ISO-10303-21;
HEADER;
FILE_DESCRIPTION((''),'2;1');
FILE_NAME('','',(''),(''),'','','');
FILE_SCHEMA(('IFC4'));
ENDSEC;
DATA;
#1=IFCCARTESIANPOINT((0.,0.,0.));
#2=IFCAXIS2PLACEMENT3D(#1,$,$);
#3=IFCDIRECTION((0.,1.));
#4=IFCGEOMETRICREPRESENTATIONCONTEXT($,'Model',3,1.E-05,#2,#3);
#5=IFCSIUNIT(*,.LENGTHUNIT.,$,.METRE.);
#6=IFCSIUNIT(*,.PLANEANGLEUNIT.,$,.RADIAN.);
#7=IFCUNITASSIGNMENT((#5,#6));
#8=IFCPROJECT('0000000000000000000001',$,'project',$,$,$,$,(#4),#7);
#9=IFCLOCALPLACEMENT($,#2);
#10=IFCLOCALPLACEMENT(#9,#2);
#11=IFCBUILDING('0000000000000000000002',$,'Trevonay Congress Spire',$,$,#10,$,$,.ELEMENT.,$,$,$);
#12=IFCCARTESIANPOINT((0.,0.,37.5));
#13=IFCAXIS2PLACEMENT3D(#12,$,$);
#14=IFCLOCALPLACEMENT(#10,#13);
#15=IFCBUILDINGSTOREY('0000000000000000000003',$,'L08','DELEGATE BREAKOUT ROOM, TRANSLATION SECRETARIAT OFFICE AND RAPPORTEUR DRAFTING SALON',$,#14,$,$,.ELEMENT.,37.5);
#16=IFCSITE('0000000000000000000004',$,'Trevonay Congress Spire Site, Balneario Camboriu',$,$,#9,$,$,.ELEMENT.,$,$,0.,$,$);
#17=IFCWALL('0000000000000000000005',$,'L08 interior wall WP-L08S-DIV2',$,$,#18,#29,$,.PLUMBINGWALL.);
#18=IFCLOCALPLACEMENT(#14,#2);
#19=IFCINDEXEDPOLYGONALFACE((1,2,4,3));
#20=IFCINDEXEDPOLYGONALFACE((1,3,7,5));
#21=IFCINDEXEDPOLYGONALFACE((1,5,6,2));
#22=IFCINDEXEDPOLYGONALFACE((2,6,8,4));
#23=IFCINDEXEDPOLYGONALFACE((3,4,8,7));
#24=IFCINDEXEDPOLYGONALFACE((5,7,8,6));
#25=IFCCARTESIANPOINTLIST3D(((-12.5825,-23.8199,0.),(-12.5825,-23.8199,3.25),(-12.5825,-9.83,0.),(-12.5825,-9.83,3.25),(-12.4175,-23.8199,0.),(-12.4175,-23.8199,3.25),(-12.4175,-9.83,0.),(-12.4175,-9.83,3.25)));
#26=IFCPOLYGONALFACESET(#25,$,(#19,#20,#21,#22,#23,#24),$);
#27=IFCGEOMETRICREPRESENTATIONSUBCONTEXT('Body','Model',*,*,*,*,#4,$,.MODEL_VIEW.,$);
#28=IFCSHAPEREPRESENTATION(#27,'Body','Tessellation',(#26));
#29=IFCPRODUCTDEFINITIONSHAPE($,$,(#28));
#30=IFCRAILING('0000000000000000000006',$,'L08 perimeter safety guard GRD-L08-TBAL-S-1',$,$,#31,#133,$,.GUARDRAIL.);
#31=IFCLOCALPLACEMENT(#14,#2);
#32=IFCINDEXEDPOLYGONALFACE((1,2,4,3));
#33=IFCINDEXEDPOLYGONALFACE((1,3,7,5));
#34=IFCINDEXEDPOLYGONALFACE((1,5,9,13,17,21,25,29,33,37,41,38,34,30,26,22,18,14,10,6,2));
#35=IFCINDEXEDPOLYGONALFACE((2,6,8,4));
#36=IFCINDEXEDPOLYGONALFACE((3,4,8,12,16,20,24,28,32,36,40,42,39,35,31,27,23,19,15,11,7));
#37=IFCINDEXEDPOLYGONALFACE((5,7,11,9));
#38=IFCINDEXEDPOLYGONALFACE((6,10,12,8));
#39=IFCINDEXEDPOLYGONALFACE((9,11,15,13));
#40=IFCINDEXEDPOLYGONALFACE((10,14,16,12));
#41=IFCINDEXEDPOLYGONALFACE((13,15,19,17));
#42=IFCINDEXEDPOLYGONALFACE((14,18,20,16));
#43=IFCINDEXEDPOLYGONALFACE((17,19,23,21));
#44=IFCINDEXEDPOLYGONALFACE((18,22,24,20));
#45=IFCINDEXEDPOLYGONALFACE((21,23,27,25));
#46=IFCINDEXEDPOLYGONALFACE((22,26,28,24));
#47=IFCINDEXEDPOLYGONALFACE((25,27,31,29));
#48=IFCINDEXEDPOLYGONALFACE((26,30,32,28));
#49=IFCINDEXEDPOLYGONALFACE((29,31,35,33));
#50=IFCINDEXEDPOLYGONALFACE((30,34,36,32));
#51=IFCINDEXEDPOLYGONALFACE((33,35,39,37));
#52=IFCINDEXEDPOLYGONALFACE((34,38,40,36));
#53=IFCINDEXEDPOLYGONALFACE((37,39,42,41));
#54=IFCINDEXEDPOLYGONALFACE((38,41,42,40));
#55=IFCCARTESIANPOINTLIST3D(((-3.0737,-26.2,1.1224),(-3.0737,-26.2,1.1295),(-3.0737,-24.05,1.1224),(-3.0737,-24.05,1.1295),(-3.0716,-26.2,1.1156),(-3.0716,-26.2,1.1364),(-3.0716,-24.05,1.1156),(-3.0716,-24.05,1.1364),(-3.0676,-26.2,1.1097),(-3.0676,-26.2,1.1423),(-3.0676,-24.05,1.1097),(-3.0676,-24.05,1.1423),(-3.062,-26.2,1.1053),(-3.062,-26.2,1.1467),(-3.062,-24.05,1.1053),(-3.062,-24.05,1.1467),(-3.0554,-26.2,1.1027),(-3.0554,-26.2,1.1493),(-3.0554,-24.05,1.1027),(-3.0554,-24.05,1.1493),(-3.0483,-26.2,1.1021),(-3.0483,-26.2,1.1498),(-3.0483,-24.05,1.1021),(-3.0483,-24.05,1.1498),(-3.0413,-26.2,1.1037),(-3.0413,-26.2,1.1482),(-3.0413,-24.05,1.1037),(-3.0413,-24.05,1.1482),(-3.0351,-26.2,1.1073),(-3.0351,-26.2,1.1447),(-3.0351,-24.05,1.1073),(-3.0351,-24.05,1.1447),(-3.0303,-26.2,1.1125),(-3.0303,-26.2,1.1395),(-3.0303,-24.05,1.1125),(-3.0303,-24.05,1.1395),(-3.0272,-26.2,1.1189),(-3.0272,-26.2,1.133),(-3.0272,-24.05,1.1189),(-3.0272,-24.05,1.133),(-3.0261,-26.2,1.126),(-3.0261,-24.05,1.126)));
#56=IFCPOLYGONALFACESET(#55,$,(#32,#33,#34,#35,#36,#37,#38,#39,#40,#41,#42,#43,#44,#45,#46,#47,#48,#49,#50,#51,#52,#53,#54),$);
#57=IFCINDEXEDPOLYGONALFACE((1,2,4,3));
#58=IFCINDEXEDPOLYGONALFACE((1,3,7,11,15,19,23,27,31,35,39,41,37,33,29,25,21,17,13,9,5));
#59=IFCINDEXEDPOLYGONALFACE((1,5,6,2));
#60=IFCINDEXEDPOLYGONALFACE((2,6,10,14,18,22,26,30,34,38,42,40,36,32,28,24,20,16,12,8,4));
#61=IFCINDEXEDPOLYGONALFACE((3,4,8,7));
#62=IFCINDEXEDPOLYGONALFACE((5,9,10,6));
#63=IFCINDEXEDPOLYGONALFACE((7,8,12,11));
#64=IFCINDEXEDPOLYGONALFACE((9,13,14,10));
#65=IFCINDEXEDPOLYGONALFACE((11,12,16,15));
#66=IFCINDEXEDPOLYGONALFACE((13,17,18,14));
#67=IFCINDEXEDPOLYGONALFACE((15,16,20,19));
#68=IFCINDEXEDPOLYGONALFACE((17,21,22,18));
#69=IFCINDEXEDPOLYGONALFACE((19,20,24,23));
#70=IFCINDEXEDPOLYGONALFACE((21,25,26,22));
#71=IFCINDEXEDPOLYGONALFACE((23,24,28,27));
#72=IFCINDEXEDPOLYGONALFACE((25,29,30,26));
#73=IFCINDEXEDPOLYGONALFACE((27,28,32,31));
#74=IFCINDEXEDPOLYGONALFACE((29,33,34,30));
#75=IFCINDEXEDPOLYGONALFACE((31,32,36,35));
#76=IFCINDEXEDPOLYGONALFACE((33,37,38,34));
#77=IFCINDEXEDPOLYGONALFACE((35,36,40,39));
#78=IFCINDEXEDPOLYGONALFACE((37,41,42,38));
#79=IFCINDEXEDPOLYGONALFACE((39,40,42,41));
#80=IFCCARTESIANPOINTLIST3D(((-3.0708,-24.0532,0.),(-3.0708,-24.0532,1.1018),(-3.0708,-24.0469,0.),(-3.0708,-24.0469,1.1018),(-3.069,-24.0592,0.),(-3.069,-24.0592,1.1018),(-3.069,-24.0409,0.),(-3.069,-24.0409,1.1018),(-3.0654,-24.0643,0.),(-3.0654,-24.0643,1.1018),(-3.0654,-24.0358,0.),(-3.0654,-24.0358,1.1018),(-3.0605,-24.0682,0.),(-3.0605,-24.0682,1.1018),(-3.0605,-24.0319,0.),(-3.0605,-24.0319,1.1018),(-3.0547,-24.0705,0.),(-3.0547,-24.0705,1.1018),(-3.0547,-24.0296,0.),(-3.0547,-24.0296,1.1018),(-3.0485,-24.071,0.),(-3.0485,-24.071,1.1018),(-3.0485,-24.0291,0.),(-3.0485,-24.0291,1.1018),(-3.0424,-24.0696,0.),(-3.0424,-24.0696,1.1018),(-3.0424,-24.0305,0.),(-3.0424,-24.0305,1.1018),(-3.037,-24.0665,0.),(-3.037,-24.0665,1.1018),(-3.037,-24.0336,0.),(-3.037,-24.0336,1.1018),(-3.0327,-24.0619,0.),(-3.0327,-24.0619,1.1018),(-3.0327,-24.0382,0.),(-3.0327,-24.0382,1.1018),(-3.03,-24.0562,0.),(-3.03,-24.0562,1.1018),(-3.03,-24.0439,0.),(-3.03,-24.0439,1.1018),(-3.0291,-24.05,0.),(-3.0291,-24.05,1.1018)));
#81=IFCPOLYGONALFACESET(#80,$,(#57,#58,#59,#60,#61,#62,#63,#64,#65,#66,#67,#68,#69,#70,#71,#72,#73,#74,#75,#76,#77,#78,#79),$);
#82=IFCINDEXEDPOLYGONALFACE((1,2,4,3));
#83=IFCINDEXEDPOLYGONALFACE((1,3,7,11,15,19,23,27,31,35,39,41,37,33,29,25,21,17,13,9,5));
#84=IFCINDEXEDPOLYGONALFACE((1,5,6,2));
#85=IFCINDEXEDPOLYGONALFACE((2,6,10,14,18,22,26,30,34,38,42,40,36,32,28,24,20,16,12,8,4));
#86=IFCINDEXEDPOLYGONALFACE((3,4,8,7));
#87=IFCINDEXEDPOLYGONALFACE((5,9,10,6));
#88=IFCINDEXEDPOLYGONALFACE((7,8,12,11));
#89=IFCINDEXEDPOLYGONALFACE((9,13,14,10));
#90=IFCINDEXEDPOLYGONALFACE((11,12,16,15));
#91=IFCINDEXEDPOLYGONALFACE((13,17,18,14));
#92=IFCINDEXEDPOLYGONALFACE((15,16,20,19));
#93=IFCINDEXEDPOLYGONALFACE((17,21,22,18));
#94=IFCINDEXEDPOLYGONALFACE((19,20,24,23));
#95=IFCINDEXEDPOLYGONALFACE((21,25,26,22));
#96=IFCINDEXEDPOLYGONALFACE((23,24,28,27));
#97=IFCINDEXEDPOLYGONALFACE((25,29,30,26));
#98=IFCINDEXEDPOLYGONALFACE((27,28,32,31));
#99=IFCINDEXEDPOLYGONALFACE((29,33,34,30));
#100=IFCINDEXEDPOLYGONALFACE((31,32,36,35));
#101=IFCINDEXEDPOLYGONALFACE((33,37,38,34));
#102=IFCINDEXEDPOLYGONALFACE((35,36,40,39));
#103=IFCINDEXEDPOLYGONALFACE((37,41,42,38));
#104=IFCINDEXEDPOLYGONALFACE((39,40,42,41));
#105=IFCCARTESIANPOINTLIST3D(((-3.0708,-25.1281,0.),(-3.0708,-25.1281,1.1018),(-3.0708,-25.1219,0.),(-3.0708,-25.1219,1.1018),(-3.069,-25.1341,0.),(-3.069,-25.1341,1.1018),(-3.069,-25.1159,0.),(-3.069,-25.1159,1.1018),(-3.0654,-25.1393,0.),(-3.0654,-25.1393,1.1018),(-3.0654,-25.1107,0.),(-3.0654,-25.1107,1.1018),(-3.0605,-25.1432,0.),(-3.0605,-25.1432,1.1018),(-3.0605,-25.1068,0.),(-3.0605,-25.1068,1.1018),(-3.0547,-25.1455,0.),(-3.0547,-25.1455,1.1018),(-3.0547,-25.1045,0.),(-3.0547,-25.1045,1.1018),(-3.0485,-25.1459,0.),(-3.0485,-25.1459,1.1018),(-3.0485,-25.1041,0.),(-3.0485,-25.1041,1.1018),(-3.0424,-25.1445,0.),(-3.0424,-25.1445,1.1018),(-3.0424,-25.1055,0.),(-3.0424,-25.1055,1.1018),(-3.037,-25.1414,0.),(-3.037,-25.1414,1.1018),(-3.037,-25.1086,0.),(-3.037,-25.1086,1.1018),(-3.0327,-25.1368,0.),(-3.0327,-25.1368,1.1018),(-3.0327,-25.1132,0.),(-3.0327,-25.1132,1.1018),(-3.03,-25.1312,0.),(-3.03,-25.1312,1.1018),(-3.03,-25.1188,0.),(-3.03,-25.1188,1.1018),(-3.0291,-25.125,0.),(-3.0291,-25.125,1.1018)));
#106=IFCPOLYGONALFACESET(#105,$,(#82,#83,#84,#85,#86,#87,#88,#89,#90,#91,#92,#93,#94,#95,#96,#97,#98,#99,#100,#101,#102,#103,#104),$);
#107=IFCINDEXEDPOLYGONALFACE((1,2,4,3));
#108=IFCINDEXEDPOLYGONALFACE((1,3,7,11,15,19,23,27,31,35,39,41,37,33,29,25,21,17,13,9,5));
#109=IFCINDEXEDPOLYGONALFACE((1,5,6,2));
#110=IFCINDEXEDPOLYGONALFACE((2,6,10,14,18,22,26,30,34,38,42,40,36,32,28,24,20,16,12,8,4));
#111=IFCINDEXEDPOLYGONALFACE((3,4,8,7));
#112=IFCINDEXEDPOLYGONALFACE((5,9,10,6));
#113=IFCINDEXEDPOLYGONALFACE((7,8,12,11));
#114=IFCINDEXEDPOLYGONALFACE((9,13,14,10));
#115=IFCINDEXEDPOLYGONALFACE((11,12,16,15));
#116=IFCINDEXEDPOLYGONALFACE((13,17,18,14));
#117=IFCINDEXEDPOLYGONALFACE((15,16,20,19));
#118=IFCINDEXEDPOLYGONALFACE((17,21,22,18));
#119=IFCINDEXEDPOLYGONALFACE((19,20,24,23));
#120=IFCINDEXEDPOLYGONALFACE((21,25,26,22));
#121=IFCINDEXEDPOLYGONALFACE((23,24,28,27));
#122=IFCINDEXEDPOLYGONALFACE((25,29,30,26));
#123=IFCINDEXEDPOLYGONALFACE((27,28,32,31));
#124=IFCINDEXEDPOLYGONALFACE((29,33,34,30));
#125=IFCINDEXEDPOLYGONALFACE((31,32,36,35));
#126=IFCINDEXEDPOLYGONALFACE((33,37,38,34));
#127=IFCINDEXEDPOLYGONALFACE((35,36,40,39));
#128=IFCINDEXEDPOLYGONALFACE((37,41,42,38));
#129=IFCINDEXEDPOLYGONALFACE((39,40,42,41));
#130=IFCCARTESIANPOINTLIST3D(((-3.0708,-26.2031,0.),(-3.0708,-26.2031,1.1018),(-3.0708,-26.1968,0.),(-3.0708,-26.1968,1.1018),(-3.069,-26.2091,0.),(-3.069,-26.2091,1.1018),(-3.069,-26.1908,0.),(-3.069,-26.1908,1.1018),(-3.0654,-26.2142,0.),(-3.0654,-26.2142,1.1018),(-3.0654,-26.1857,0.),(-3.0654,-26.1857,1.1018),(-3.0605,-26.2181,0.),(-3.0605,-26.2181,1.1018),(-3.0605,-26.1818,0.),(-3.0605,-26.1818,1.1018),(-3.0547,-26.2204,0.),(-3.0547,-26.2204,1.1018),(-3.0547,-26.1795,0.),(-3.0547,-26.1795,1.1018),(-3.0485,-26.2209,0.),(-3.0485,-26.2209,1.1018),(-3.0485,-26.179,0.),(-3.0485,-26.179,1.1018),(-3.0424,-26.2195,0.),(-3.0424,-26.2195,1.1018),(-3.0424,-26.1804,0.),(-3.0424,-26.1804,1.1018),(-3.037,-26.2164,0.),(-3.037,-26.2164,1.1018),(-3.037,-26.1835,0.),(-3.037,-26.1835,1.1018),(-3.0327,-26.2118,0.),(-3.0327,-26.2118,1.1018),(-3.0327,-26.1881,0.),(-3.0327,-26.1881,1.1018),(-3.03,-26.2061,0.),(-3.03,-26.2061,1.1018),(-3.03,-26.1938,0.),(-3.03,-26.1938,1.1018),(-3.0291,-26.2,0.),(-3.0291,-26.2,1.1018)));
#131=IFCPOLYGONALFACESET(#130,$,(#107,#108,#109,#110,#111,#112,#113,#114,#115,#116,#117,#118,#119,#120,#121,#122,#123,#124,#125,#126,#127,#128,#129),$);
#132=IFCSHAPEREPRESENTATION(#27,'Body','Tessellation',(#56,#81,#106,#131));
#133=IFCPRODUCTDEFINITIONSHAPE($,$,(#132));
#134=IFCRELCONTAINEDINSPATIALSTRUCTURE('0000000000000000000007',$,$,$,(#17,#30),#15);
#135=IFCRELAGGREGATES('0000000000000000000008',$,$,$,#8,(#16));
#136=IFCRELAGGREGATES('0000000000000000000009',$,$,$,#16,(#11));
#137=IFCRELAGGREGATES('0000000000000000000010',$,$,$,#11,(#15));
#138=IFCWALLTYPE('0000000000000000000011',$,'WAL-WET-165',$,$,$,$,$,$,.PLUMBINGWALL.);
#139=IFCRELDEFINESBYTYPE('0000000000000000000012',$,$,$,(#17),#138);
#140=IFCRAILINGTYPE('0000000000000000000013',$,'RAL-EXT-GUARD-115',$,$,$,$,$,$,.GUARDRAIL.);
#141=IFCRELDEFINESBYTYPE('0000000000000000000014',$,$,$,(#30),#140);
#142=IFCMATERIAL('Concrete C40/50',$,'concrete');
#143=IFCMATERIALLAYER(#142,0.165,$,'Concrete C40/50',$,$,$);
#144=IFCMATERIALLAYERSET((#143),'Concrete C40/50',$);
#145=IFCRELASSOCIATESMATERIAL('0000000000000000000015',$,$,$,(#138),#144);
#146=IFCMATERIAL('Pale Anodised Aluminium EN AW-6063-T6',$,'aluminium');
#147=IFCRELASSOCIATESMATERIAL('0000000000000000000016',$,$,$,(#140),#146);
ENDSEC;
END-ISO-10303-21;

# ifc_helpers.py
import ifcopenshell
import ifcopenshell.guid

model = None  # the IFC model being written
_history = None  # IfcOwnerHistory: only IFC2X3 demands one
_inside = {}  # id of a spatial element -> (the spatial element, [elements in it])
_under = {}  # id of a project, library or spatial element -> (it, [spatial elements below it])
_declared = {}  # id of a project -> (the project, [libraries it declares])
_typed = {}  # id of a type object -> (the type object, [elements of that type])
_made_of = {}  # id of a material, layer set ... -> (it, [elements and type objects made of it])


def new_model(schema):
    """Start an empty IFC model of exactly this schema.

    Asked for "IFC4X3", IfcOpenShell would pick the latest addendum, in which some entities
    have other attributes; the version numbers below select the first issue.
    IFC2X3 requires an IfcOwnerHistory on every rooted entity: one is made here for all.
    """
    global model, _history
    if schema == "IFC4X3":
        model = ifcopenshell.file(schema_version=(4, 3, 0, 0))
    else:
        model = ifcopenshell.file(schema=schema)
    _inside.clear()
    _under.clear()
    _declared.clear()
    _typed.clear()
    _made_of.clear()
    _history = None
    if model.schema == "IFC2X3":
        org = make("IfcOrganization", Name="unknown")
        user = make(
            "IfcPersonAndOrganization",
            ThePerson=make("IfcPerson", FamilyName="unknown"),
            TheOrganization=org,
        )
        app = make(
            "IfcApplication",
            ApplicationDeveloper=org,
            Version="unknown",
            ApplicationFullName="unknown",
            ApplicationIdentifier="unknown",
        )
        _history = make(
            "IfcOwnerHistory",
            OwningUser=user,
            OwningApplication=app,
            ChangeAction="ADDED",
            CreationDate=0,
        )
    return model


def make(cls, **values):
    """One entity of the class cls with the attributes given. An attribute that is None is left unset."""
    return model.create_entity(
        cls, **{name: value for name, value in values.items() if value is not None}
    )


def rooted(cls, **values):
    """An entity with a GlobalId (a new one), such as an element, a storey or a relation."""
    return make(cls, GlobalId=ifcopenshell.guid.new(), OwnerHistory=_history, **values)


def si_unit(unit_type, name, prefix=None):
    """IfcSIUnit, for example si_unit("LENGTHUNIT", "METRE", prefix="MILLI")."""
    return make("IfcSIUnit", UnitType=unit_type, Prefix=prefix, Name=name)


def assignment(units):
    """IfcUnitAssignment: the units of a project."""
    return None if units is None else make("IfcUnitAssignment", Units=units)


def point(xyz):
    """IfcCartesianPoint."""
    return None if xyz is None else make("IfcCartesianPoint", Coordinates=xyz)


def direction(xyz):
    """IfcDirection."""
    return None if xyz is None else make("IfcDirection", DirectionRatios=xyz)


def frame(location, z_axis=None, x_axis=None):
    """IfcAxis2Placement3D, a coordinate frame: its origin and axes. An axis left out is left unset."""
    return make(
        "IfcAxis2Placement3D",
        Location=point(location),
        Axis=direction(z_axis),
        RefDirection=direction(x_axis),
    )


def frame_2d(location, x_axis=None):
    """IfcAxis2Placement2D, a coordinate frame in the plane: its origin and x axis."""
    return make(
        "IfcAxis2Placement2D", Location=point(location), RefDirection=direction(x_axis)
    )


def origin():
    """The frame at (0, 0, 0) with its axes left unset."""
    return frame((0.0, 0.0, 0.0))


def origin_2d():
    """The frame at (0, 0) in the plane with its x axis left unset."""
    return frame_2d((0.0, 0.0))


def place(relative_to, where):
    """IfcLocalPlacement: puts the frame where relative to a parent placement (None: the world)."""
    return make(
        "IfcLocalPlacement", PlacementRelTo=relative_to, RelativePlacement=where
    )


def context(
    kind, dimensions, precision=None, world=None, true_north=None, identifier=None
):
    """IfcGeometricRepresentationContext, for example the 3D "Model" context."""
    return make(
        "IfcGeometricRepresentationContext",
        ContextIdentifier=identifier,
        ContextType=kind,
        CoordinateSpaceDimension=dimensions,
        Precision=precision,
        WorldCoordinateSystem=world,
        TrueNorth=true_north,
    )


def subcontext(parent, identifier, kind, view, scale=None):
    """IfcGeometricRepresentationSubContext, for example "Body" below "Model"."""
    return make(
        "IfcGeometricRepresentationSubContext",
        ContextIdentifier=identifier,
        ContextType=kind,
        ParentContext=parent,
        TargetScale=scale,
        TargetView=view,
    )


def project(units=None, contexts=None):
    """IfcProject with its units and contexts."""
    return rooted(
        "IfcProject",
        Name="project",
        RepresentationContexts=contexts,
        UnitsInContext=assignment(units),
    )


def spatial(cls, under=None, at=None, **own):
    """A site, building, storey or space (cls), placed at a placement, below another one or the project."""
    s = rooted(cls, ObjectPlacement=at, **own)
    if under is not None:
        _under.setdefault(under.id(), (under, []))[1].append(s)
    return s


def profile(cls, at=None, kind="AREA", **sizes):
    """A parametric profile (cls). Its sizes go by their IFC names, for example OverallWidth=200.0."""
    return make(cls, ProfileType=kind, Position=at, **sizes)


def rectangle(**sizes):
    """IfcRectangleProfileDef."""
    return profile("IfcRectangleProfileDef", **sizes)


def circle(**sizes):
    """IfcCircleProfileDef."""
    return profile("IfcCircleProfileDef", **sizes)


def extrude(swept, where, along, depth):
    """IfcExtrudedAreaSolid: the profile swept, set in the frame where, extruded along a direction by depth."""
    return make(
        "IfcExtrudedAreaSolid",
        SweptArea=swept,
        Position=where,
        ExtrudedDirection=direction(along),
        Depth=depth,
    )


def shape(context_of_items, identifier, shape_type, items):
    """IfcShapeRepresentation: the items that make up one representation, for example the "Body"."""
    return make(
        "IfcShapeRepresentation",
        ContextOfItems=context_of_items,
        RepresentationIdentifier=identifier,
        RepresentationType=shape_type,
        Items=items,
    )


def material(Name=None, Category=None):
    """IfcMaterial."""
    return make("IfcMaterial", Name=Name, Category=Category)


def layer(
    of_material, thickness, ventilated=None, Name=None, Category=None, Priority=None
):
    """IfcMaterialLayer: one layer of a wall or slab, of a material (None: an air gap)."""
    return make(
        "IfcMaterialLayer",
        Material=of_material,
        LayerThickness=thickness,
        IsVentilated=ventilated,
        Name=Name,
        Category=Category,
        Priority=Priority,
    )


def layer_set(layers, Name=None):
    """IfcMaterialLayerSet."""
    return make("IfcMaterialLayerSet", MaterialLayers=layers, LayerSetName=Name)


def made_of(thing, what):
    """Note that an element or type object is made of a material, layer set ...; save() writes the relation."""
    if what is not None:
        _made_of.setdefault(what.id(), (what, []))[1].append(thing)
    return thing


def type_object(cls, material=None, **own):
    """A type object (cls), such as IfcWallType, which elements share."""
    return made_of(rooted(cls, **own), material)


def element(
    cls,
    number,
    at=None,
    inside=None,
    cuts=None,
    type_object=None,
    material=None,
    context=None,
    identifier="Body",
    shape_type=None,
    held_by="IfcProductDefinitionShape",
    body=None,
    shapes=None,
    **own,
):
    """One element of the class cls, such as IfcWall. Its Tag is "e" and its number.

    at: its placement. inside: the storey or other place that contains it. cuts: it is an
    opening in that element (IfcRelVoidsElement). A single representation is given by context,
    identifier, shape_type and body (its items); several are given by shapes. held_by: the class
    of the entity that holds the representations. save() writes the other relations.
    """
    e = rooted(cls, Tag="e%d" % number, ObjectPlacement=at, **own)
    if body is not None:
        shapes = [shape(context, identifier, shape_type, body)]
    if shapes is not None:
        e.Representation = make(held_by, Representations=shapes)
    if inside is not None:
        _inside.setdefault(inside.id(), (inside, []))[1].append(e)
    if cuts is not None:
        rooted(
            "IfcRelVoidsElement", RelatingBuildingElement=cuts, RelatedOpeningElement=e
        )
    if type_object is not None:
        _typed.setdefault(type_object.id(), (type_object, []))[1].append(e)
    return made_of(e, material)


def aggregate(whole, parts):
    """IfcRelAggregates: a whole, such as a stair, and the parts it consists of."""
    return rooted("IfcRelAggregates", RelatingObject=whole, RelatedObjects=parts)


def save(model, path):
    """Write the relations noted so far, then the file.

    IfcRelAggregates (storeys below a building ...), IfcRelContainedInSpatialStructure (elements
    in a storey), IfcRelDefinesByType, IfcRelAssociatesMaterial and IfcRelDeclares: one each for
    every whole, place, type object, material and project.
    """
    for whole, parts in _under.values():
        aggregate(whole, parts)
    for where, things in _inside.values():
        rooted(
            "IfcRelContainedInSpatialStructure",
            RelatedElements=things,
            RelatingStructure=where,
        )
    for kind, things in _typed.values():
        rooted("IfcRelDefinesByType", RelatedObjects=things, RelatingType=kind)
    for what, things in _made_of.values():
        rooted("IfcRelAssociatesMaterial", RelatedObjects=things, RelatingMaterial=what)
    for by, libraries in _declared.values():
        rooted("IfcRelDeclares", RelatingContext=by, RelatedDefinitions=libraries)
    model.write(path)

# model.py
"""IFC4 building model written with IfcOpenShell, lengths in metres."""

from ifc_helpers import new_model, si_unit, direction, frame, frame_2d, origin, origin_2d, place, context, subcontext, project, spatial, rectangle, circle, extrude, material, layer, layer_set, type_object, element, save


model = new_model("IFC4")

# Units and contexts
model_context = context("Model", 3, precision=1e-05, world=origin(), true_north=direction((0.0, 1.0)))
body_context = subcontext(model_context, "Body", "Model", "MODEL_VIEW")
ifc_project = project(units=[si_unit("LENGTHUNIT", "METRE"), si_unit("PLANEANGLEUNIT", "RADIAN")], contexts=[model_context])

# Site, building, storey
site_placement = place(None, origin())
site = spatial("IfcSite", under=ifc_project, at=site_placement, Name="Trevonay Congress Spire Site, Balneario Camboriu", CompositionType="ELEMENT", RefElevation=0.0)
building_placement = place(site_placement, origin())
building = spatial("IfcBuilding", under=site, at=building_placement, Name="Trevonay Congress Spire", CompositionType="ELEMENT")
storey_placement = place(building_placement, frame((0.0, 0.0, 37.5)))
storey = spatial("IfcBuildingStorey", under=building, at=storey_placement, Name="L08", Description="DELEGATE BREAKOUT ROOM, TRANSLATION SECRETARIAT OFFICE AND RAPPORTEUR DRAFTING SALON", CompositionType="ELEMENT", Elevation=37.5)

# Shared definitions
ifc_material_1 = material(Name="Pale Anodised Aluminium EN AW-6063-T6", Category="aluminium")

# Wall
ifc_material_2 = material(Name="Concrete C40/50", Category="concrete")
ifc_layer_1 = layer(ifc_material_2, 0.165, Name="Concrete C40/50")
ifc_layer_set_1 = layer_set([ifc_layer_1], Name="Concrete C40/50")
wall_type_1 = type_object("IfcWallType", Name="WAL-WET-165", PredefinedType="PLUMBINGWALL", material=ifc_layer_set_1)
wall_1_placement = place(storey_placement, frame((-12.5, -23.8201, 0.0), z_axis=(0.0, 0.0, 1.0), x_axis=(0.0, 1.0, 0.0)))
element("IfcWall", 1, at=wall_1_placement, inside=storey, type_object=wall_type_1, Name="L08 interior wall WP-L08S-DIV2", PredefinedType="PLUMBINGWALL", context=body_context, shape_type="SweptSolid", body=[
    extrude(rectangle(XDim=13.99, YDim=0.165, at=frame_2d((6.9951, 0.0))), origin(), (0.0, 0.0, 1.0), 3.25),
])

# Railing
railing_type = type_object("IfcRailingType", Name="RAL-EXT-GUARD-115", PredefinedType="GUARDRAIL", material=ifc_material_1)
railing_1_placement = place(storey_placement, frame((-3.05, -24.05, 0.0)))
element("IfcRailing", 2, at=railing_1_placement, inside=storey, type_object=railing_type, Name="L08 perimeter safety guard GRD-L08-TBAL-S-1", PredefinedType="GUARDRAIL", context=body_context, shape_type="SweptSolid", body=[
    extrude(circle(Radius=0.0239, at=origin_2d()), frame((0.0, 0.0, 1.126), z_axis=(0.0, -1.0, 0.0), x_axis=(1.0, 0.0, 0.0)), (0.0, 0.0, 1.0), 2.1499),
    extrude(circle(Radius=0.021, at=origin_2d()), origin(), (0.0, 0.0, 1.0), 1.1018),
    extrude(circle(Radius=0.021, at=origin_2d()), frame((0.0, -1.075, 0.0)), (0.0, 0.0, 1.0), 1.1018),
    extrude(circle(Radius=0.021, at=origin_2d()), frame((0.0, -2.1499, 0.0)), (0.0, 0.0, 1.0), 1.1018),
])

save(model, "model.ifc")
